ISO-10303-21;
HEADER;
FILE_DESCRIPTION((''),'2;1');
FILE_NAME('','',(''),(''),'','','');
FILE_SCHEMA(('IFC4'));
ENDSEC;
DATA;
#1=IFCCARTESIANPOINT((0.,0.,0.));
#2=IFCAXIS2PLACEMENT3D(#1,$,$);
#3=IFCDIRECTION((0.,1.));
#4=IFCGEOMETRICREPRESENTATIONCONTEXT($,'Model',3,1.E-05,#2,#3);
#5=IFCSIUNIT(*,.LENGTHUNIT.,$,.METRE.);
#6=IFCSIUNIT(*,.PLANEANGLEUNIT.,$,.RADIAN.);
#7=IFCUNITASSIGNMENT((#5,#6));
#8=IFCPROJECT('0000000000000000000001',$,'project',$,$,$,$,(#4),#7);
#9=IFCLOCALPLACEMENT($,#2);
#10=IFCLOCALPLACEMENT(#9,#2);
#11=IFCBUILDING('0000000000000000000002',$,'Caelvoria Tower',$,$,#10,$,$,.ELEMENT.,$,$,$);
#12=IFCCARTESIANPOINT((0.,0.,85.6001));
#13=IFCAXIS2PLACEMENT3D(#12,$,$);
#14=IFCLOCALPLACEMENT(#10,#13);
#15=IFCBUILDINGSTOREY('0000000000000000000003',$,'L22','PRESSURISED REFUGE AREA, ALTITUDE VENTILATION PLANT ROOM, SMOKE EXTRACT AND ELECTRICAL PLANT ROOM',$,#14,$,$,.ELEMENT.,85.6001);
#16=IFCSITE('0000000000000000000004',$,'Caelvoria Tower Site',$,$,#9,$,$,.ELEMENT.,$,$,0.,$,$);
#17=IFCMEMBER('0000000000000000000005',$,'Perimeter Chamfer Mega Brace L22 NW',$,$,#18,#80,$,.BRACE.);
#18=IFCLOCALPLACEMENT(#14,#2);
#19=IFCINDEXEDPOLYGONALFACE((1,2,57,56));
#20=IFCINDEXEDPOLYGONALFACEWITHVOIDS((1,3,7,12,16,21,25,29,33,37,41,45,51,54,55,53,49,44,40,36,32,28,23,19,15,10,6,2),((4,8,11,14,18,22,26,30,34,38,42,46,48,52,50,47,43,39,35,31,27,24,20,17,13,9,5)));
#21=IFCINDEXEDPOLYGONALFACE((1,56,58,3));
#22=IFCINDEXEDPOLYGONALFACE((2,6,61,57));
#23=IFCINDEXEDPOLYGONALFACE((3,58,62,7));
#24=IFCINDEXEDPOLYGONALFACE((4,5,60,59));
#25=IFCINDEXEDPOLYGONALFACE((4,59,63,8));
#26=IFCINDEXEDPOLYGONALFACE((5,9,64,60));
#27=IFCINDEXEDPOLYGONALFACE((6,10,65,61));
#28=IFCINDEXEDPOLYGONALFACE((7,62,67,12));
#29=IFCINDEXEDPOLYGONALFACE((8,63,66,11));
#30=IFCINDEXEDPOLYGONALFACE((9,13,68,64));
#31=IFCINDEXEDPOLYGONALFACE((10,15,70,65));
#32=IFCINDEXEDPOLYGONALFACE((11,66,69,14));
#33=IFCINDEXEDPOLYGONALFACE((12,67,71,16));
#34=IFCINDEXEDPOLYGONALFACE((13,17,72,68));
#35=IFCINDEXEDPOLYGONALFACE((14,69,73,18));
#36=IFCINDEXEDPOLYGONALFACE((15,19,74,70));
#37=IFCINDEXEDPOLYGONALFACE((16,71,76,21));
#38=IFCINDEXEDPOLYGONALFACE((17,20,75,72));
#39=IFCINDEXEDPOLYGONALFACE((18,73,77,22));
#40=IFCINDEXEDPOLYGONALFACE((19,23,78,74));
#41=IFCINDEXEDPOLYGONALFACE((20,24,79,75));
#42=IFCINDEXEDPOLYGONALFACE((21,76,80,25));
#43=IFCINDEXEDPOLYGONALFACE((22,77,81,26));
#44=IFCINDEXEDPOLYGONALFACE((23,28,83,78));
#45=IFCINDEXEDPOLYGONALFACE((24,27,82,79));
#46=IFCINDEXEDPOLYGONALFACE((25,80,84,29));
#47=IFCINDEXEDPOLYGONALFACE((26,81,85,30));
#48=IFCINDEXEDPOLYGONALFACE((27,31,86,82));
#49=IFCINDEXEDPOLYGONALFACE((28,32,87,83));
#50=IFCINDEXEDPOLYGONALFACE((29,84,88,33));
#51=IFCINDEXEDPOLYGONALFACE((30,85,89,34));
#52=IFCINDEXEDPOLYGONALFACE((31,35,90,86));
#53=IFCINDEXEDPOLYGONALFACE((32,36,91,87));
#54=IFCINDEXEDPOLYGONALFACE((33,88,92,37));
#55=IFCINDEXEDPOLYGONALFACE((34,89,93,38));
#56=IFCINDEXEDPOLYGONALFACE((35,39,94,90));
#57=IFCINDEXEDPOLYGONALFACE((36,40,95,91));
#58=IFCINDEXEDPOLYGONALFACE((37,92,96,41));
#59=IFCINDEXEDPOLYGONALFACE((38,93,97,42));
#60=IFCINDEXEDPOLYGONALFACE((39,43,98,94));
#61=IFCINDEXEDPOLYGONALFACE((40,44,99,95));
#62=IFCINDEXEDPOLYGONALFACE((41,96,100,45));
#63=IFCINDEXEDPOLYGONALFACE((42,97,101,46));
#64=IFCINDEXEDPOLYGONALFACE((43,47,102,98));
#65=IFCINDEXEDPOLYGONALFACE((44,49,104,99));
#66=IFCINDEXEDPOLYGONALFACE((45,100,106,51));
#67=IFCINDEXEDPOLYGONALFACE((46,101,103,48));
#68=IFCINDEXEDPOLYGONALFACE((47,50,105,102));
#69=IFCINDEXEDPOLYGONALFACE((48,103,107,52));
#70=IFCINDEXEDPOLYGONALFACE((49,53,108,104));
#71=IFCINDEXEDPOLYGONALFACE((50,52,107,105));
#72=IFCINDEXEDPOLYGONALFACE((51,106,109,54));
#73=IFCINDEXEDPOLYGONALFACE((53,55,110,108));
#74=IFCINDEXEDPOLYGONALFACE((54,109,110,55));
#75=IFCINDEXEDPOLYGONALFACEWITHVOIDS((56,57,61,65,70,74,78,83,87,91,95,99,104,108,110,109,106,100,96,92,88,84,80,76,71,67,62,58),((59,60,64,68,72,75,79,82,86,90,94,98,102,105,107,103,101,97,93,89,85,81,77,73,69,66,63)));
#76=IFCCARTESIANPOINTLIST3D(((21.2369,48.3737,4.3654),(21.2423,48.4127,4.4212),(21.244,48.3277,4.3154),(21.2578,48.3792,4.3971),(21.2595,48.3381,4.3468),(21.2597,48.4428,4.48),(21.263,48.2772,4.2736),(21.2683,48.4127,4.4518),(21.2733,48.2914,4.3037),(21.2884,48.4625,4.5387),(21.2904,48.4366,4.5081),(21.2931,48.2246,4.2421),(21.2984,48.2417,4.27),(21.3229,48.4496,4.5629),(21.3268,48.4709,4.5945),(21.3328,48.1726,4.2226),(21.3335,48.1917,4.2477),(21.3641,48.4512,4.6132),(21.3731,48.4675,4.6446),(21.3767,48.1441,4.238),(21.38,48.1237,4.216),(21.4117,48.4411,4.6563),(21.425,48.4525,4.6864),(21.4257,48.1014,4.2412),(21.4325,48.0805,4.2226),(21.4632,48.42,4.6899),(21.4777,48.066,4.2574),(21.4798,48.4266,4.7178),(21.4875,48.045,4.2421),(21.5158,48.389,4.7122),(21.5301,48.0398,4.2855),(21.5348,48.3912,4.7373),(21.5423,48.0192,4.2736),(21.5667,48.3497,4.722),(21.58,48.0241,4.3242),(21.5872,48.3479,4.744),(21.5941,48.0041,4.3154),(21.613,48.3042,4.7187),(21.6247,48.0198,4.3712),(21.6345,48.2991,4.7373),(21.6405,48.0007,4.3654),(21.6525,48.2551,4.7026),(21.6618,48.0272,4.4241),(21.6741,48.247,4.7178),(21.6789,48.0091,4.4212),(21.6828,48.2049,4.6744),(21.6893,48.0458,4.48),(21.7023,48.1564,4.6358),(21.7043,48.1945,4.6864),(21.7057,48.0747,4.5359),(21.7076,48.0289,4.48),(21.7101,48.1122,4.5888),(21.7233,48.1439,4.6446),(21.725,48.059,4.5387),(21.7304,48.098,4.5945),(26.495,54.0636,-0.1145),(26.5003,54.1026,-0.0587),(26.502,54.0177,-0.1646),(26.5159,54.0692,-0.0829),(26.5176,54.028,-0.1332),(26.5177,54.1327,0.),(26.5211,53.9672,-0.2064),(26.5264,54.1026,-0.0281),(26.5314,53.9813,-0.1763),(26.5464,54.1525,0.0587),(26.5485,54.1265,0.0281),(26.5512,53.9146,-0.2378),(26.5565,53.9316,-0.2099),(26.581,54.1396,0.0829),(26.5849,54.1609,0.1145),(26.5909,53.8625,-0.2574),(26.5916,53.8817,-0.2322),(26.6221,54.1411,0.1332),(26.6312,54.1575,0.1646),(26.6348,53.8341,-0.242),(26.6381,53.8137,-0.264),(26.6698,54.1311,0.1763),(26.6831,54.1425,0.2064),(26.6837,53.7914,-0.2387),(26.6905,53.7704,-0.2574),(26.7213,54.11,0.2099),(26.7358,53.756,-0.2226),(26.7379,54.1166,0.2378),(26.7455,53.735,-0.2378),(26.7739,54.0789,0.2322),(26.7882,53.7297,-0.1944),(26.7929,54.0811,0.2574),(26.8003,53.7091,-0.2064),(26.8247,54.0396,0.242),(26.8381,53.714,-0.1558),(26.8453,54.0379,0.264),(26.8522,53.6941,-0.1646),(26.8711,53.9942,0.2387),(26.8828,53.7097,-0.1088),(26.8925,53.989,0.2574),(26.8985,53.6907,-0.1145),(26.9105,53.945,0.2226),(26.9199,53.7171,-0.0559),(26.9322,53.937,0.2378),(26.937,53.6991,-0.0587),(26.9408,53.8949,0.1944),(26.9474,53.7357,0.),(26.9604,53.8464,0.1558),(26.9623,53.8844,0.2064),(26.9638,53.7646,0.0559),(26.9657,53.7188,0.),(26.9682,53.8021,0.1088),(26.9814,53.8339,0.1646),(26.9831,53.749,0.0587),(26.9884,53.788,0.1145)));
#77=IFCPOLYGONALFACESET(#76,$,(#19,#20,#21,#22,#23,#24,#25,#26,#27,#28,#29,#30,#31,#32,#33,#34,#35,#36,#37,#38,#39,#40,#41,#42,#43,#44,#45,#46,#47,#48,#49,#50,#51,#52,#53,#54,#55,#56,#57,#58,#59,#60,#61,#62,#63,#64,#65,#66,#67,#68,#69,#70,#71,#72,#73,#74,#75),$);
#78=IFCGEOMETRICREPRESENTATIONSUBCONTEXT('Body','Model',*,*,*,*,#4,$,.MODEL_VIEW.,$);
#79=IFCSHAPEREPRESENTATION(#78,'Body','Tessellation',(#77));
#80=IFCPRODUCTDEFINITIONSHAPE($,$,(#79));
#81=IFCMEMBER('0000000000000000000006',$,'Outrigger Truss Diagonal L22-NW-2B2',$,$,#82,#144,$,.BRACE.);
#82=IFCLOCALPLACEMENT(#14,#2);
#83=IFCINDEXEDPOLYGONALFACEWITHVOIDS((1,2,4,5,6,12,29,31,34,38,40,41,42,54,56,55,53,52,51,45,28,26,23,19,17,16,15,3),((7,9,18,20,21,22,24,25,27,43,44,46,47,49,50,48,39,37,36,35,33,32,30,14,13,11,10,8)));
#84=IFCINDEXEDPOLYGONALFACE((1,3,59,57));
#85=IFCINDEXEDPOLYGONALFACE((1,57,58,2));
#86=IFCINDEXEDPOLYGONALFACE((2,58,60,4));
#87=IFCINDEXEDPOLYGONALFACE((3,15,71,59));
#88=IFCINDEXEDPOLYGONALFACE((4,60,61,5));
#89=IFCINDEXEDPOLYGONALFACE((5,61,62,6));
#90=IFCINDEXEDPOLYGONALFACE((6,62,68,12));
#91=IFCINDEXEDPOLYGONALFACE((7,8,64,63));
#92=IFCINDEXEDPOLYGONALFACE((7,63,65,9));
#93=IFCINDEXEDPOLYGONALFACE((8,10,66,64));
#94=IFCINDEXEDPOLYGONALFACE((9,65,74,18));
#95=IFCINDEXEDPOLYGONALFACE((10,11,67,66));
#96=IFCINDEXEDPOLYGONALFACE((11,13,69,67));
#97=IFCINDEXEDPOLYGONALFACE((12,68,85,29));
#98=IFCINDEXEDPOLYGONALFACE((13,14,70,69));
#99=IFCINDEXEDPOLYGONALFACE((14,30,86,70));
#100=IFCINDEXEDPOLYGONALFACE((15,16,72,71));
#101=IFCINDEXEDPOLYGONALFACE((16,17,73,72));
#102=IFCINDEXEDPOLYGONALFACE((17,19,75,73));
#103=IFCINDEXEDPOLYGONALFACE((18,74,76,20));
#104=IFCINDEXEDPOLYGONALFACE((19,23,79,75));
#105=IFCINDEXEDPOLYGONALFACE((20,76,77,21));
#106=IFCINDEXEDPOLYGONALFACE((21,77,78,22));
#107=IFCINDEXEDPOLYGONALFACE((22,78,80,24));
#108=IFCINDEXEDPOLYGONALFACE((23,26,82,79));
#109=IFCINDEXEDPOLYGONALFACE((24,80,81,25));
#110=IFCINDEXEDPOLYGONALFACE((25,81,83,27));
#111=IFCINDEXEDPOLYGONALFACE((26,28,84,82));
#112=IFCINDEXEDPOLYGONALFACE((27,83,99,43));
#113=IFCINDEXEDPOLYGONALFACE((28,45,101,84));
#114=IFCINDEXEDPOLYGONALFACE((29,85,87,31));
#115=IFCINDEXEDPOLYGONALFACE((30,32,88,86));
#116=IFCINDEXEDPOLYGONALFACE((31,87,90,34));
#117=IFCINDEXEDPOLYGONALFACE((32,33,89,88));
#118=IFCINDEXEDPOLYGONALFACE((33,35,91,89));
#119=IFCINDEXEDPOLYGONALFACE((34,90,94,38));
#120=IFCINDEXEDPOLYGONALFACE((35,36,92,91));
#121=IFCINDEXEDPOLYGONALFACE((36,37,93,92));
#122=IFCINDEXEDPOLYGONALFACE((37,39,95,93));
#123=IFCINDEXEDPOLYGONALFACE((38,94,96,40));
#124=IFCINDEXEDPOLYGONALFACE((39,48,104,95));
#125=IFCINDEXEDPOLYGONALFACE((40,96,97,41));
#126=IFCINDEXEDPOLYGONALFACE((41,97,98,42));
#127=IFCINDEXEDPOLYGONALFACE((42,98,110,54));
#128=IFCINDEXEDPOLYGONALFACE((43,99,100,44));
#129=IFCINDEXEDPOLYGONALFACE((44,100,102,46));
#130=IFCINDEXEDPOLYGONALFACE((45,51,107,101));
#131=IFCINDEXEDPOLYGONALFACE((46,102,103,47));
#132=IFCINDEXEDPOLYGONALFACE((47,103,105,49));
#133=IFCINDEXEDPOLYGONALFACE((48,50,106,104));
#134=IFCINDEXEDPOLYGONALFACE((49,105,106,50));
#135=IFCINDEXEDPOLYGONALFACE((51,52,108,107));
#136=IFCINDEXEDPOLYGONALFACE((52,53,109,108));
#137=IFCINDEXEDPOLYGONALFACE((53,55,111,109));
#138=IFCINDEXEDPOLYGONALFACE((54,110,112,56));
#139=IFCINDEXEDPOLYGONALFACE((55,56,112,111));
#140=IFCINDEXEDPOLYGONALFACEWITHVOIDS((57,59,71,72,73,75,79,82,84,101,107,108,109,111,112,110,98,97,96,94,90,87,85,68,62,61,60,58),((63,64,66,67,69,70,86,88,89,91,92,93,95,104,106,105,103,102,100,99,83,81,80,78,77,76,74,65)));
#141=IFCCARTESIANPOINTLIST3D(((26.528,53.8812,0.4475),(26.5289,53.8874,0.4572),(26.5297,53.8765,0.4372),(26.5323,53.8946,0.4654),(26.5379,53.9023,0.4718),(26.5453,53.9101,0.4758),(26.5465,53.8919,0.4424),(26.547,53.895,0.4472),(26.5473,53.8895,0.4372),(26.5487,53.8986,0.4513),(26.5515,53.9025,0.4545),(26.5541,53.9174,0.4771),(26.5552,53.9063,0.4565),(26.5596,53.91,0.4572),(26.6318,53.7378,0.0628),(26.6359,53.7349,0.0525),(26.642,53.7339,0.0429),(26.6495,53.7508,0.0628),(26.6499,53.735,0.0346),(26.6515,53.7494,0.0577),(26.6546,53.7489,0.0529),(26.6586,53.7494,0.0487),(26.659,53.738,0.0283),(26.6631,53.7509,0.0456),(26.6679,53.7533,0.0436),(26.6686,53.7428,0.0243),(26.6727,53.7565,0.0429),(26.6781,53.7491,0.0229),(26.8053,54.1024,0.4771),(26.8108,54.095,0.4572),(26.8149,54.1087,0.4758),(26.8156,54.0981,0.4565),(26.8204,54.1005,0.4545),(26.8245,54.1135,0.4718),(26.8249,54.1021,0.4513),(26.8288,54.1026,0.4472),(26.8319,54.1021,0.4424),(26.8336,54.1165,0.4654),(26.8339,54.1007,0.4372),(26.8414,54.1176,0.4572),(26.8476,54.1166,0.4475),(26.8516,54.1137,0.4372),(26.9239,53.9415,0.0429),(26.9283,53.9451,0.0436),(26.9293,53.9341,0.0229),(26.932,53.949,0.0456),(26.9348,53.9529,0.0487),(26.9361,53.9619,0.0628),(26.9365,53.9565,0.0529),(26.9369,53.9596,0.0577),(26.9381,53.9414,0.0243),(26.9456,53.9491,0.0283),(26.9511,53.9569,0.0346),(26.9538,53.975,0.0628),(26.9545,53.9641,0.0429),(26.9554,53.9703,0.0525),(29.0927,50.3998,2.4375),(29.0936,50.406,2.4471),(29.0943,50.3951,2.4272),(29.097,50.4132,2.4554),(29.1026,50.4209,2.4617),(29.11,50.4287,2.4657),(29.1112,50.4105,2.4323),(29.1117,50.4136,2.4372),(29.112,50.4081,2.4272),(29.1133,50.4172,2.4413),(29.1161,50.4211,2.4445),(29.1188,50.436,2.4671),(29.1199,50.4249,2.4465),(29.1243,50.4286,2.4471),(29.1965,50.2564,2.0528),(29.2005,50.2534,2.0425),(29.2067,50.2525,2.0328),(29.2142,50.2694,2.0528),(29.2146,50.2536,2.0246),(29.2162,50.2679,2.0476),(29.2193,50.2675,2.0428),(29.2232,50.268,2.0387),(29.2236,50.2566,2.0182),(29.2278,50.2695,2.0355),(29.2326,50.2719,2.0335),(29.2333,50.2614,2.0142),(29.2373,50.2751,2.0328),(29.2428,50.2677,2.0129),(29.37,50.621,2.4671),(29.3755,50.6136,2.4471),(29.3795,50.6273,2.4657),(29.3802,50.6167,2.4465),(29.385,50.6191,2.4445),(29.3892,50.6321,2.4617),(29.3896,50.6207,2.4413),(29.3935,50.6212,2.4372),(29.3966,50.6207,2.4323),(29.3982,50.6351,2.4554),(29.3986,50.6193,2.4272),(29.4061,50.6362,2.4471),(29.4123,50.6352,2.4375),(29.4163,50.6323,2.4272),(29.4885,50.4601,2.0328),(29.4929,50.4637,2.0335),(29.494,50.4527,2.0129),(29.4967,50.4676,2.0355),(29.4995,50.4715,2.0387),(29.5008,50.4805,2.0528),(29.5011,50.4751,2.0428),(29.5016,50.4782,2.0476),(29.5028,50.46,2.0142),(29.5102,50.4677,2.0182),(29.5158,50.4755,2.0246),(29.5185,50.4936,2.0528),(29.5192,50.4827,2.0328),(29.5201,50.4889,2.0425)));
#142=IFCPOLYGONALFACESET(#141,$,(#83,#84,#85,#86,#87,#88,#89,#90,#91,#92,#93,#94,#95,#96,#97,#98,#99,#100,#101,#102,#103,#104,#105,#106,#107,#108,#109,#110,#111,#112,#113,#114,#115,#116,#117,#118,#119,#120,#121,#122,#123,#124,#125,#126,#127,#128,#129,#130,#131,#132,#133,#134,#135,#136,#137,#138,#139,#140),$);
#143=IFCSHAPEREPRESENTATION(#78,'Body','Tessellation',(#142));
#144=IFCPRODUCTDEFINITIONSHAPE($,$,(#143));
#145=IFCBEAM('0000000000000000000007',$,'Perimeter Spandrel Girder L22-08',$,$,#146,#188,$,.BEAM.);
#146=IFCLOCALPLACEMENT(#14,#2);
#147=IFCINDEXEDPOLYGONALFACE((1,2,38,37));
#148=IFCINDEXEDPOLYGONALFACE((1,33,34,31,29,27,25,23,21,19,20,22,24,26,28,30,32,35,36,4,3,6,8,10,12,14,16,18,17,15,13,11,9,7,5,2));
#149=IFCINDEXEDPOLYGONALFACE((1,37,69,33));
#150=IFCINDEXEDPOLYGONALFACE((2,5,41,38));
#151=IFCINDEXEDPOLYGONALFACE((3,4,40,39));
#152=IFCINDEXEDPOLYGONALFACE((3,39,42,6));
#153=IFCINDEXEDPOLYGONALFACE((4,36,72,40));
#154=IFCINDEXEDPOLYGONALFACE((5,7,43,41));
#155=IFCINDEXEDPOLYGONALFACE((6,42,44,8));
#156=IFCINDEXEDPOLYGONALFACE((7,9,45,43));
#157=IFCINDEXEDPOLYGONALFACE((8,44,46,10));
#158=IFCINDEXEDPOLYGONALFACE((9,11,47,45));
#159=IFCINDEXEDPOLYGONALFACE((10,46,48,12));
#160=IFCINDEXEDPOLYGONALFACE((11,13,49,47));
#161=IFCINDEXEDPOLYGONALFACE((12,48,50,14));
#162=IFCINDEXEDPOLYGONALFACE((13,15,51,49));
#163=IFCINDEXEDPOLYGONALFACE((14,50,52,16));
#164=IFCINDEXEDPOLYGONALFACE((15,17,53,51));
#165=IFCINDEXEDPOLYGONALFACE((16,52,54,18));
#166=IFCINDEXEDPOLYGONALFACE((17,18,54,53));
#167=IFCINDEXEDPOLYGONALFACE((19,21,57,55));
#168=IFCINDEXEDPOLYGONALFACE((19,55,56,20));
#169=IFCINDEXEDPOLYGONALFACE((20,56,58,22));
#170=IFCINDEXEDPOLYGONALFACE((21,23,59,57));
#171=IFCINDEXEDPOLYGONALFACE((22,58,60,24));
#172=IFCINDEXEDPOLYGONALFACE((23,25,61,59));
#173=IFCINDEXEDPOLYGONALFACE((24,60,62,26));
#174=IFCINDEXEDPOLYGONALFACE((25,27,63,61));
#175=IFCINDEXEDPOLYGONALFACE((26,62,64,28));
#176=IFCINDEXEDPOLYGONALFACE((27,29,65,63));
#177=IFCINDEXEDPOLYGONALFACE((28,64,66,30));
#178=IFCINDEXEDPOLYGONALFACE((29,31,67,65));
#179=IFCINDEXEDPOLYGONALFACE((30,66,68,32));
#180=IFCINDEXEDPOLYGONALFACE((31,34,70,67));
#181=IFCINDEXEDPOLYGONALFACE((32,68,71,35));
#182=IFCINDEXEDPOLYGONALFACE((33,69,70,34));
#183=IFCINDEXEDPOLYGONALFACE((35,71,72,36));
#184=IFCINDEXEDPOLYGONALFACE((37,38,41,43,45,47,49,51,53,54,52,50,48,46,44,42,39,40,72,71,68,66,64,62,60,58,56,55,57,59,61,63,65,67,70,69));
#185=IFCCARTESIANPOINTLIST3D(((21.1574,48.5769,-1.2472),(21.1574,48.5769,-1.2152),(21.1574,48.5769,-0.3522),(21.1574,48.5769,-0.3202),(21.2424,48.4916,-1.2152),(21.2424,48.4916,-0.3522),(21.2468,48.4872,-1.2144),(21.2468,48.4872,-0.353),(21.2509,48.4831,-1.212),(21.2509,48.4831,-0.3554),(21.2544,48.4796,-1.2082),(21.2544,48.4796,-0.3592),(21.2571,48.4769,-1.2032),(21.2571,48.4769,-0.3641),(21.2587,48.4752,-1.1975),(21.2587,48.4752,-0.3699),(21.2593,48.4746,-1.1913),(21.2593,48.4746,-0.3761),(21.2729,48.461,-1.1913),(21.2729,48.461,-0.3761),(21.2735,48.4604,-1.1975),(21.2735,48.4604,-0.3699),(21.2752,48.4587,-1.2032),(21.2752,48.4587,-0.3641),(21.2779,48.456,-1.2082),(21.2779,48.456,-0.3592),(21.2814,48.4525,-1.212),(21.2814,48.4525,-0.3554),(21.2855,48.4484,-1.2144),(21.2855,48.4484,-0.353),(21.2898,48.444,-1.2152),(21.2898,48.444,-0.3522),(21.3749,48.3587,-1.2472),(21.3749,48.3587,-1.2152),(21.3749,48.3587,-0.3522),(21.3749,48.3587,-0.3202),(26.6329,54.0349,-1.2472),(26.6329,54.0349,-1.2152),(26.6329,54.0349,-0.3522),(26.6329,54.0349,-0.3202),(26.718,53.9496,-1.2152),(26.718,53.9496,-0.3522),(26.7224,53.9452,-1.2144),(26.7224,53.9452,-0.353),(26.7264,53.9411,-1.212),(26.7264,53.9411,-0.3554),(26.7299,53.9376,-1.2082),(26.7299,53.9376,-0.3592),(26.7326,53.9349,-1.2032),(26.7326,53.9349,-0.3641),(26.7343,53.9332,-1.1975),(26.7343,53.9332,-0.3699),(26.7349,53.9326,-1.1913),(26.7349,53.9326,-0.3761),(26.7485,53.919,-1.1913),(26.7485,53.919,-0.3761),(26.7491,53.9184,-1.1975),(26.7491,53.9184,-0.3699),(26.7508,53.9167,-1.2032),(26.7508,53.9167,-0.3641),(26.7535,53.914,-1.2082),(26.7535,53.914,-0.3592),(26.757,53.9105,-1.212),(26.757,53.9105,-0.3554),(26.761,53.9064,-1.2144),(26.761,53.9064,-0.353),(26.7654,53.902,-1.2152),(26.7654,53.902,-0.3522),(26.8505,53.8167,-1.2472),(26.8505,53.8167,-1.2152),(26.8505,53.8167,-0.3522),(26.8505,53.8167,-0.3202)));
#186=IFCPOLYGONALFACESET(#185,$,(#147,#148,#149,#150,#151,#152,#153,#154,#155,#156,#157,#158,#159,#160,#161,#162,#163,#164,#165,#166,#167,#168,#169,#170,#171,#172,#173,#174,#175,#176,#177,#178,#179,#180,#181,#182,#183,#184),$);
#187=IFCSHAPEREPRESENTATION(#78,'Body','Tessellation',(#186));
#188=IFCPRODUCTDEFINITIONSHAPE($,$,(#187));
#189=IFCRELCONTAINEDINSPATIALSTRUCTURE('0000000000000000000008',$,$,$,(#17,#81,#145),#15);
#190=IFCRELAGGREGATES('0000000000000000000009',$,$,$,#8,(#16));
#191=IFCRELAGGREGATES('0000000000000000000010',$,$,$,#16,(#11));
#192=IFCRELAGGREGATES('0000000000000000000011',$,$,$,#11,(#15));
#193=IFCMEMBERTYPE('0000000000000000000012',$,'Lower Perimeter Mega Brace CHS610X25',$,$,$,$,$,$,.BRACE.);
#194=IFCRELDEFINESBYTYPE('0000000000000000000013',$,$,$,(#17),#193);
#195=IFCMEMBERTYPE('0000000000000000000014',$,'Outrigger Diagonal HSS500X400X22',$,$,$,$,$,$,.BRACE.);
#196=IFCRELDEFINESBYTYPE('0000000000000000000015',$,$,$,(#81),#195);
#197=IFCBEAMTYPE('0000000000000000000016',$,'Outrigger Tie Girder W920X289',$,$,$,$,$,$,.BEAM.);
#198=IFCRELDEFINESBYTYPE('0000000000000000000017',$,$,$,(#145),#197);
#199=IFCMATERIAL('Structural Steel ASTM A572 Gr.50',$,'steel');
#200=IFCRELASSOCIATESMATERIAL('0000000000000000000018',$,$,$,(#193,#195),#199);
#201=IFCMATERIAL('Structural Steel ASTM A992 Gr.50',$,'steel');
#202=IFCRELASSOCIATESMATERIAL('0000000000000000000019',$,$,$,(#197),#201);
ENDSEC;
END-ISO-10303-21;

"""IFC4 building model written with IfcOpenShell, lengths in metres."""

from ifc_helpers import new_model, si_unit, direction, frame, origin, origin_2d, place, context, subcontext, project, spatial, hollow_rectangle, hollow_circle, i_section, extrude, material, material_profile, profile_set, type_object, element, save


model = new_model("IFC4")

# Units and contexts
model_context = context("Model", 3, precision=1e-05, world=origin(), true_north=direction((0.0, 1.0)))
body_context = subcontext(model_context, "Body", "Model", "MODEL_VIEW")
ifc_project = project(units=[si_unit("LENGTHUNIT", "METRE"), si_unit("PLANEANGLEUNIT", "RADIAN")], contexts=[model_context])

# Site, building, storey
site_placement = place(None, origin())
site = spatial("IfcSite", under=ifc_project, at=site_placement, Name="Caelvoria Tower Site", CompositionType="ELEMENT", RefElevation=0.0)
building_placement = place(site_placement, origin())
building = spatial("IfcBuilding", under=site, at=building_placement, Name="Caelvoria Tower", CompositionType="ELEMENT")
storey_placement = place(building_placement, frame((0.0, 0.0, 85.6001)))
storey = spatial("IfcBuildingStorey", under=building, at=storey_placement, Name="L22", Description="PRESSURISED REFUGE AREA, ALTITUDE VENTILATION PLANT ROOM, SMOKE EXTRACT AND ELECTRICAL PLANT ROOM", CompositionType="ELEMENT", Elevation=85.6001)

# Shared definitions
ifc_material_1 = material(Name="Structural Steel ASTM A572 Gr.50", Category="steel")

# Members
ifc_material_profile_1 = material_profile(ifc_material_1, hollow_circle(Radius=0.3049, WallThickness=0.0249, at=origin_2d()), Name="Structural Steel ASTM A572 Gr.50")
ifc_profile_set_1 = profile_set([ifc_material_profile_1], Name="CHS610X25 - Structural Steel ASTM A572 Gr.50")
member_type_1 = type_object("IfcMemberType", Name="Lower Perimeter Mega Brace CHS610X25", PredefinedType="BRACE", material=ifc_profile_set_1)
member_1_placement = place(storey_placement, frame((26.7417, 53.9258, 0.0), z_axis=(-0.587528, -0.635786, 0.500587), x_axis=(0.73443, -0.678684, 0.0)))
element("IfcMember", 1, at=member_1_placement, inside=storey, type_object=member_type_1, Name="Perimeter Chamfer Mega Brace L22 NW", PredefinedType="BRACE", context=body_context, shape_type="SweptSolid", body=[
    extrude(hollow_circle(Radius=0.3049, WallThickness=0.0249, at=origin_2d()), origin(), (0.0, 0.0, 1.0), 8.9495),
])
ifc_material_profile_2 = material_profile(ifc_material_1, hollow_rectangle(XDim=0.3999, YDim=0.5, WallThickness=0.022, InnerFilletRadius=0.022, OuterFilletRadius=0.0439, at=origin_2d()), Name="Structural Steel ASTM A572 Gr.50")
ifc_profile_set_2 = profile_set([ifc_material_profile_2], Name="HSS500X400X22 - Structural Steel ASTM A572 Gr.50")
member_type_2 = type_object("IfcMemberType", Name="Outrigger Diagonal HSS500X400X22", PredefinedType="BRACE", material=ifc_profile_set_2)
member_2_placement = place(storey_placement, frame((29.3064, 50.4443, 2.24), z_axis=(-0.538795, 0.731386, -0.41806), x_axis=(-0.80512, -0.593112, 0.0)))
element("IfcMember", 2, at=member_2_placement, inside=storey, type_object=member_type_2, Name="Outrigger Truss Diagonal L22-NW-2B2", PredefinedType="BRACE", context=body_context, shape_type="SweptSolid", body=[
    extrude(hollow_rectangle(XDim=0.3999, YDim=0.5, WallThickness=0.022, InnerFilletRadius=0.022, OuterFilletRadius=0.0439, at=origin_2d()), origin(), (0.0, 0.0, 1.0), 4.76),
])

# Beam
ifc_material_2 = material(Name="Structural Steel ASTM A992 Gr.50", Category="steel")
ifc_material_profile_3 = material_profile(ifc_material_2, i_section(OverallWidth=0.3081, OverallDepth=0.927, WebThickness=0.0193, FlangeThickness=0.032, FilletRadius=0.0239, at=origin_2d()), Name="Structural Steel ASTM A992 Gr.50")
ifc_profile_set_3 = profile_set([ifc_material_profile_3], Name="W920X289 - Structural Steel ASTM A992 Gr.50")
beam_type_1 = type_object("IfcBeamType", Name="Outrigger Tie Girder W920X289", PredefinedType="BEAM", material=ifc_profile_set_3)
beam_1_placement = place(storey_placement, frame((26.7417, 53.9258, -0.7837), z_axis=(-0.708243, -0.705969, 0.0), x_axis=(0.705969, -0.708243, 0.0)))
element("IfcBeam", 3, at=beam_1_placement, inside=storey, type_object=beam_type_1, Name="Perimeter Spandrel Girder L22-08", PredefinedType="BEAM", context=body_context, shape_type="SweptSolid", body=[
    extrude(i_section(OverallWidth=0.3081, OverallDepth=0.927, WebThickness=0.0193, FlangeThickness=0.032, FilletRadius=0.0239, at=origin_2d()), origin(), (0.0, 0.0, 1.0), 7.7312),
])

save(model, "model.ifc")
